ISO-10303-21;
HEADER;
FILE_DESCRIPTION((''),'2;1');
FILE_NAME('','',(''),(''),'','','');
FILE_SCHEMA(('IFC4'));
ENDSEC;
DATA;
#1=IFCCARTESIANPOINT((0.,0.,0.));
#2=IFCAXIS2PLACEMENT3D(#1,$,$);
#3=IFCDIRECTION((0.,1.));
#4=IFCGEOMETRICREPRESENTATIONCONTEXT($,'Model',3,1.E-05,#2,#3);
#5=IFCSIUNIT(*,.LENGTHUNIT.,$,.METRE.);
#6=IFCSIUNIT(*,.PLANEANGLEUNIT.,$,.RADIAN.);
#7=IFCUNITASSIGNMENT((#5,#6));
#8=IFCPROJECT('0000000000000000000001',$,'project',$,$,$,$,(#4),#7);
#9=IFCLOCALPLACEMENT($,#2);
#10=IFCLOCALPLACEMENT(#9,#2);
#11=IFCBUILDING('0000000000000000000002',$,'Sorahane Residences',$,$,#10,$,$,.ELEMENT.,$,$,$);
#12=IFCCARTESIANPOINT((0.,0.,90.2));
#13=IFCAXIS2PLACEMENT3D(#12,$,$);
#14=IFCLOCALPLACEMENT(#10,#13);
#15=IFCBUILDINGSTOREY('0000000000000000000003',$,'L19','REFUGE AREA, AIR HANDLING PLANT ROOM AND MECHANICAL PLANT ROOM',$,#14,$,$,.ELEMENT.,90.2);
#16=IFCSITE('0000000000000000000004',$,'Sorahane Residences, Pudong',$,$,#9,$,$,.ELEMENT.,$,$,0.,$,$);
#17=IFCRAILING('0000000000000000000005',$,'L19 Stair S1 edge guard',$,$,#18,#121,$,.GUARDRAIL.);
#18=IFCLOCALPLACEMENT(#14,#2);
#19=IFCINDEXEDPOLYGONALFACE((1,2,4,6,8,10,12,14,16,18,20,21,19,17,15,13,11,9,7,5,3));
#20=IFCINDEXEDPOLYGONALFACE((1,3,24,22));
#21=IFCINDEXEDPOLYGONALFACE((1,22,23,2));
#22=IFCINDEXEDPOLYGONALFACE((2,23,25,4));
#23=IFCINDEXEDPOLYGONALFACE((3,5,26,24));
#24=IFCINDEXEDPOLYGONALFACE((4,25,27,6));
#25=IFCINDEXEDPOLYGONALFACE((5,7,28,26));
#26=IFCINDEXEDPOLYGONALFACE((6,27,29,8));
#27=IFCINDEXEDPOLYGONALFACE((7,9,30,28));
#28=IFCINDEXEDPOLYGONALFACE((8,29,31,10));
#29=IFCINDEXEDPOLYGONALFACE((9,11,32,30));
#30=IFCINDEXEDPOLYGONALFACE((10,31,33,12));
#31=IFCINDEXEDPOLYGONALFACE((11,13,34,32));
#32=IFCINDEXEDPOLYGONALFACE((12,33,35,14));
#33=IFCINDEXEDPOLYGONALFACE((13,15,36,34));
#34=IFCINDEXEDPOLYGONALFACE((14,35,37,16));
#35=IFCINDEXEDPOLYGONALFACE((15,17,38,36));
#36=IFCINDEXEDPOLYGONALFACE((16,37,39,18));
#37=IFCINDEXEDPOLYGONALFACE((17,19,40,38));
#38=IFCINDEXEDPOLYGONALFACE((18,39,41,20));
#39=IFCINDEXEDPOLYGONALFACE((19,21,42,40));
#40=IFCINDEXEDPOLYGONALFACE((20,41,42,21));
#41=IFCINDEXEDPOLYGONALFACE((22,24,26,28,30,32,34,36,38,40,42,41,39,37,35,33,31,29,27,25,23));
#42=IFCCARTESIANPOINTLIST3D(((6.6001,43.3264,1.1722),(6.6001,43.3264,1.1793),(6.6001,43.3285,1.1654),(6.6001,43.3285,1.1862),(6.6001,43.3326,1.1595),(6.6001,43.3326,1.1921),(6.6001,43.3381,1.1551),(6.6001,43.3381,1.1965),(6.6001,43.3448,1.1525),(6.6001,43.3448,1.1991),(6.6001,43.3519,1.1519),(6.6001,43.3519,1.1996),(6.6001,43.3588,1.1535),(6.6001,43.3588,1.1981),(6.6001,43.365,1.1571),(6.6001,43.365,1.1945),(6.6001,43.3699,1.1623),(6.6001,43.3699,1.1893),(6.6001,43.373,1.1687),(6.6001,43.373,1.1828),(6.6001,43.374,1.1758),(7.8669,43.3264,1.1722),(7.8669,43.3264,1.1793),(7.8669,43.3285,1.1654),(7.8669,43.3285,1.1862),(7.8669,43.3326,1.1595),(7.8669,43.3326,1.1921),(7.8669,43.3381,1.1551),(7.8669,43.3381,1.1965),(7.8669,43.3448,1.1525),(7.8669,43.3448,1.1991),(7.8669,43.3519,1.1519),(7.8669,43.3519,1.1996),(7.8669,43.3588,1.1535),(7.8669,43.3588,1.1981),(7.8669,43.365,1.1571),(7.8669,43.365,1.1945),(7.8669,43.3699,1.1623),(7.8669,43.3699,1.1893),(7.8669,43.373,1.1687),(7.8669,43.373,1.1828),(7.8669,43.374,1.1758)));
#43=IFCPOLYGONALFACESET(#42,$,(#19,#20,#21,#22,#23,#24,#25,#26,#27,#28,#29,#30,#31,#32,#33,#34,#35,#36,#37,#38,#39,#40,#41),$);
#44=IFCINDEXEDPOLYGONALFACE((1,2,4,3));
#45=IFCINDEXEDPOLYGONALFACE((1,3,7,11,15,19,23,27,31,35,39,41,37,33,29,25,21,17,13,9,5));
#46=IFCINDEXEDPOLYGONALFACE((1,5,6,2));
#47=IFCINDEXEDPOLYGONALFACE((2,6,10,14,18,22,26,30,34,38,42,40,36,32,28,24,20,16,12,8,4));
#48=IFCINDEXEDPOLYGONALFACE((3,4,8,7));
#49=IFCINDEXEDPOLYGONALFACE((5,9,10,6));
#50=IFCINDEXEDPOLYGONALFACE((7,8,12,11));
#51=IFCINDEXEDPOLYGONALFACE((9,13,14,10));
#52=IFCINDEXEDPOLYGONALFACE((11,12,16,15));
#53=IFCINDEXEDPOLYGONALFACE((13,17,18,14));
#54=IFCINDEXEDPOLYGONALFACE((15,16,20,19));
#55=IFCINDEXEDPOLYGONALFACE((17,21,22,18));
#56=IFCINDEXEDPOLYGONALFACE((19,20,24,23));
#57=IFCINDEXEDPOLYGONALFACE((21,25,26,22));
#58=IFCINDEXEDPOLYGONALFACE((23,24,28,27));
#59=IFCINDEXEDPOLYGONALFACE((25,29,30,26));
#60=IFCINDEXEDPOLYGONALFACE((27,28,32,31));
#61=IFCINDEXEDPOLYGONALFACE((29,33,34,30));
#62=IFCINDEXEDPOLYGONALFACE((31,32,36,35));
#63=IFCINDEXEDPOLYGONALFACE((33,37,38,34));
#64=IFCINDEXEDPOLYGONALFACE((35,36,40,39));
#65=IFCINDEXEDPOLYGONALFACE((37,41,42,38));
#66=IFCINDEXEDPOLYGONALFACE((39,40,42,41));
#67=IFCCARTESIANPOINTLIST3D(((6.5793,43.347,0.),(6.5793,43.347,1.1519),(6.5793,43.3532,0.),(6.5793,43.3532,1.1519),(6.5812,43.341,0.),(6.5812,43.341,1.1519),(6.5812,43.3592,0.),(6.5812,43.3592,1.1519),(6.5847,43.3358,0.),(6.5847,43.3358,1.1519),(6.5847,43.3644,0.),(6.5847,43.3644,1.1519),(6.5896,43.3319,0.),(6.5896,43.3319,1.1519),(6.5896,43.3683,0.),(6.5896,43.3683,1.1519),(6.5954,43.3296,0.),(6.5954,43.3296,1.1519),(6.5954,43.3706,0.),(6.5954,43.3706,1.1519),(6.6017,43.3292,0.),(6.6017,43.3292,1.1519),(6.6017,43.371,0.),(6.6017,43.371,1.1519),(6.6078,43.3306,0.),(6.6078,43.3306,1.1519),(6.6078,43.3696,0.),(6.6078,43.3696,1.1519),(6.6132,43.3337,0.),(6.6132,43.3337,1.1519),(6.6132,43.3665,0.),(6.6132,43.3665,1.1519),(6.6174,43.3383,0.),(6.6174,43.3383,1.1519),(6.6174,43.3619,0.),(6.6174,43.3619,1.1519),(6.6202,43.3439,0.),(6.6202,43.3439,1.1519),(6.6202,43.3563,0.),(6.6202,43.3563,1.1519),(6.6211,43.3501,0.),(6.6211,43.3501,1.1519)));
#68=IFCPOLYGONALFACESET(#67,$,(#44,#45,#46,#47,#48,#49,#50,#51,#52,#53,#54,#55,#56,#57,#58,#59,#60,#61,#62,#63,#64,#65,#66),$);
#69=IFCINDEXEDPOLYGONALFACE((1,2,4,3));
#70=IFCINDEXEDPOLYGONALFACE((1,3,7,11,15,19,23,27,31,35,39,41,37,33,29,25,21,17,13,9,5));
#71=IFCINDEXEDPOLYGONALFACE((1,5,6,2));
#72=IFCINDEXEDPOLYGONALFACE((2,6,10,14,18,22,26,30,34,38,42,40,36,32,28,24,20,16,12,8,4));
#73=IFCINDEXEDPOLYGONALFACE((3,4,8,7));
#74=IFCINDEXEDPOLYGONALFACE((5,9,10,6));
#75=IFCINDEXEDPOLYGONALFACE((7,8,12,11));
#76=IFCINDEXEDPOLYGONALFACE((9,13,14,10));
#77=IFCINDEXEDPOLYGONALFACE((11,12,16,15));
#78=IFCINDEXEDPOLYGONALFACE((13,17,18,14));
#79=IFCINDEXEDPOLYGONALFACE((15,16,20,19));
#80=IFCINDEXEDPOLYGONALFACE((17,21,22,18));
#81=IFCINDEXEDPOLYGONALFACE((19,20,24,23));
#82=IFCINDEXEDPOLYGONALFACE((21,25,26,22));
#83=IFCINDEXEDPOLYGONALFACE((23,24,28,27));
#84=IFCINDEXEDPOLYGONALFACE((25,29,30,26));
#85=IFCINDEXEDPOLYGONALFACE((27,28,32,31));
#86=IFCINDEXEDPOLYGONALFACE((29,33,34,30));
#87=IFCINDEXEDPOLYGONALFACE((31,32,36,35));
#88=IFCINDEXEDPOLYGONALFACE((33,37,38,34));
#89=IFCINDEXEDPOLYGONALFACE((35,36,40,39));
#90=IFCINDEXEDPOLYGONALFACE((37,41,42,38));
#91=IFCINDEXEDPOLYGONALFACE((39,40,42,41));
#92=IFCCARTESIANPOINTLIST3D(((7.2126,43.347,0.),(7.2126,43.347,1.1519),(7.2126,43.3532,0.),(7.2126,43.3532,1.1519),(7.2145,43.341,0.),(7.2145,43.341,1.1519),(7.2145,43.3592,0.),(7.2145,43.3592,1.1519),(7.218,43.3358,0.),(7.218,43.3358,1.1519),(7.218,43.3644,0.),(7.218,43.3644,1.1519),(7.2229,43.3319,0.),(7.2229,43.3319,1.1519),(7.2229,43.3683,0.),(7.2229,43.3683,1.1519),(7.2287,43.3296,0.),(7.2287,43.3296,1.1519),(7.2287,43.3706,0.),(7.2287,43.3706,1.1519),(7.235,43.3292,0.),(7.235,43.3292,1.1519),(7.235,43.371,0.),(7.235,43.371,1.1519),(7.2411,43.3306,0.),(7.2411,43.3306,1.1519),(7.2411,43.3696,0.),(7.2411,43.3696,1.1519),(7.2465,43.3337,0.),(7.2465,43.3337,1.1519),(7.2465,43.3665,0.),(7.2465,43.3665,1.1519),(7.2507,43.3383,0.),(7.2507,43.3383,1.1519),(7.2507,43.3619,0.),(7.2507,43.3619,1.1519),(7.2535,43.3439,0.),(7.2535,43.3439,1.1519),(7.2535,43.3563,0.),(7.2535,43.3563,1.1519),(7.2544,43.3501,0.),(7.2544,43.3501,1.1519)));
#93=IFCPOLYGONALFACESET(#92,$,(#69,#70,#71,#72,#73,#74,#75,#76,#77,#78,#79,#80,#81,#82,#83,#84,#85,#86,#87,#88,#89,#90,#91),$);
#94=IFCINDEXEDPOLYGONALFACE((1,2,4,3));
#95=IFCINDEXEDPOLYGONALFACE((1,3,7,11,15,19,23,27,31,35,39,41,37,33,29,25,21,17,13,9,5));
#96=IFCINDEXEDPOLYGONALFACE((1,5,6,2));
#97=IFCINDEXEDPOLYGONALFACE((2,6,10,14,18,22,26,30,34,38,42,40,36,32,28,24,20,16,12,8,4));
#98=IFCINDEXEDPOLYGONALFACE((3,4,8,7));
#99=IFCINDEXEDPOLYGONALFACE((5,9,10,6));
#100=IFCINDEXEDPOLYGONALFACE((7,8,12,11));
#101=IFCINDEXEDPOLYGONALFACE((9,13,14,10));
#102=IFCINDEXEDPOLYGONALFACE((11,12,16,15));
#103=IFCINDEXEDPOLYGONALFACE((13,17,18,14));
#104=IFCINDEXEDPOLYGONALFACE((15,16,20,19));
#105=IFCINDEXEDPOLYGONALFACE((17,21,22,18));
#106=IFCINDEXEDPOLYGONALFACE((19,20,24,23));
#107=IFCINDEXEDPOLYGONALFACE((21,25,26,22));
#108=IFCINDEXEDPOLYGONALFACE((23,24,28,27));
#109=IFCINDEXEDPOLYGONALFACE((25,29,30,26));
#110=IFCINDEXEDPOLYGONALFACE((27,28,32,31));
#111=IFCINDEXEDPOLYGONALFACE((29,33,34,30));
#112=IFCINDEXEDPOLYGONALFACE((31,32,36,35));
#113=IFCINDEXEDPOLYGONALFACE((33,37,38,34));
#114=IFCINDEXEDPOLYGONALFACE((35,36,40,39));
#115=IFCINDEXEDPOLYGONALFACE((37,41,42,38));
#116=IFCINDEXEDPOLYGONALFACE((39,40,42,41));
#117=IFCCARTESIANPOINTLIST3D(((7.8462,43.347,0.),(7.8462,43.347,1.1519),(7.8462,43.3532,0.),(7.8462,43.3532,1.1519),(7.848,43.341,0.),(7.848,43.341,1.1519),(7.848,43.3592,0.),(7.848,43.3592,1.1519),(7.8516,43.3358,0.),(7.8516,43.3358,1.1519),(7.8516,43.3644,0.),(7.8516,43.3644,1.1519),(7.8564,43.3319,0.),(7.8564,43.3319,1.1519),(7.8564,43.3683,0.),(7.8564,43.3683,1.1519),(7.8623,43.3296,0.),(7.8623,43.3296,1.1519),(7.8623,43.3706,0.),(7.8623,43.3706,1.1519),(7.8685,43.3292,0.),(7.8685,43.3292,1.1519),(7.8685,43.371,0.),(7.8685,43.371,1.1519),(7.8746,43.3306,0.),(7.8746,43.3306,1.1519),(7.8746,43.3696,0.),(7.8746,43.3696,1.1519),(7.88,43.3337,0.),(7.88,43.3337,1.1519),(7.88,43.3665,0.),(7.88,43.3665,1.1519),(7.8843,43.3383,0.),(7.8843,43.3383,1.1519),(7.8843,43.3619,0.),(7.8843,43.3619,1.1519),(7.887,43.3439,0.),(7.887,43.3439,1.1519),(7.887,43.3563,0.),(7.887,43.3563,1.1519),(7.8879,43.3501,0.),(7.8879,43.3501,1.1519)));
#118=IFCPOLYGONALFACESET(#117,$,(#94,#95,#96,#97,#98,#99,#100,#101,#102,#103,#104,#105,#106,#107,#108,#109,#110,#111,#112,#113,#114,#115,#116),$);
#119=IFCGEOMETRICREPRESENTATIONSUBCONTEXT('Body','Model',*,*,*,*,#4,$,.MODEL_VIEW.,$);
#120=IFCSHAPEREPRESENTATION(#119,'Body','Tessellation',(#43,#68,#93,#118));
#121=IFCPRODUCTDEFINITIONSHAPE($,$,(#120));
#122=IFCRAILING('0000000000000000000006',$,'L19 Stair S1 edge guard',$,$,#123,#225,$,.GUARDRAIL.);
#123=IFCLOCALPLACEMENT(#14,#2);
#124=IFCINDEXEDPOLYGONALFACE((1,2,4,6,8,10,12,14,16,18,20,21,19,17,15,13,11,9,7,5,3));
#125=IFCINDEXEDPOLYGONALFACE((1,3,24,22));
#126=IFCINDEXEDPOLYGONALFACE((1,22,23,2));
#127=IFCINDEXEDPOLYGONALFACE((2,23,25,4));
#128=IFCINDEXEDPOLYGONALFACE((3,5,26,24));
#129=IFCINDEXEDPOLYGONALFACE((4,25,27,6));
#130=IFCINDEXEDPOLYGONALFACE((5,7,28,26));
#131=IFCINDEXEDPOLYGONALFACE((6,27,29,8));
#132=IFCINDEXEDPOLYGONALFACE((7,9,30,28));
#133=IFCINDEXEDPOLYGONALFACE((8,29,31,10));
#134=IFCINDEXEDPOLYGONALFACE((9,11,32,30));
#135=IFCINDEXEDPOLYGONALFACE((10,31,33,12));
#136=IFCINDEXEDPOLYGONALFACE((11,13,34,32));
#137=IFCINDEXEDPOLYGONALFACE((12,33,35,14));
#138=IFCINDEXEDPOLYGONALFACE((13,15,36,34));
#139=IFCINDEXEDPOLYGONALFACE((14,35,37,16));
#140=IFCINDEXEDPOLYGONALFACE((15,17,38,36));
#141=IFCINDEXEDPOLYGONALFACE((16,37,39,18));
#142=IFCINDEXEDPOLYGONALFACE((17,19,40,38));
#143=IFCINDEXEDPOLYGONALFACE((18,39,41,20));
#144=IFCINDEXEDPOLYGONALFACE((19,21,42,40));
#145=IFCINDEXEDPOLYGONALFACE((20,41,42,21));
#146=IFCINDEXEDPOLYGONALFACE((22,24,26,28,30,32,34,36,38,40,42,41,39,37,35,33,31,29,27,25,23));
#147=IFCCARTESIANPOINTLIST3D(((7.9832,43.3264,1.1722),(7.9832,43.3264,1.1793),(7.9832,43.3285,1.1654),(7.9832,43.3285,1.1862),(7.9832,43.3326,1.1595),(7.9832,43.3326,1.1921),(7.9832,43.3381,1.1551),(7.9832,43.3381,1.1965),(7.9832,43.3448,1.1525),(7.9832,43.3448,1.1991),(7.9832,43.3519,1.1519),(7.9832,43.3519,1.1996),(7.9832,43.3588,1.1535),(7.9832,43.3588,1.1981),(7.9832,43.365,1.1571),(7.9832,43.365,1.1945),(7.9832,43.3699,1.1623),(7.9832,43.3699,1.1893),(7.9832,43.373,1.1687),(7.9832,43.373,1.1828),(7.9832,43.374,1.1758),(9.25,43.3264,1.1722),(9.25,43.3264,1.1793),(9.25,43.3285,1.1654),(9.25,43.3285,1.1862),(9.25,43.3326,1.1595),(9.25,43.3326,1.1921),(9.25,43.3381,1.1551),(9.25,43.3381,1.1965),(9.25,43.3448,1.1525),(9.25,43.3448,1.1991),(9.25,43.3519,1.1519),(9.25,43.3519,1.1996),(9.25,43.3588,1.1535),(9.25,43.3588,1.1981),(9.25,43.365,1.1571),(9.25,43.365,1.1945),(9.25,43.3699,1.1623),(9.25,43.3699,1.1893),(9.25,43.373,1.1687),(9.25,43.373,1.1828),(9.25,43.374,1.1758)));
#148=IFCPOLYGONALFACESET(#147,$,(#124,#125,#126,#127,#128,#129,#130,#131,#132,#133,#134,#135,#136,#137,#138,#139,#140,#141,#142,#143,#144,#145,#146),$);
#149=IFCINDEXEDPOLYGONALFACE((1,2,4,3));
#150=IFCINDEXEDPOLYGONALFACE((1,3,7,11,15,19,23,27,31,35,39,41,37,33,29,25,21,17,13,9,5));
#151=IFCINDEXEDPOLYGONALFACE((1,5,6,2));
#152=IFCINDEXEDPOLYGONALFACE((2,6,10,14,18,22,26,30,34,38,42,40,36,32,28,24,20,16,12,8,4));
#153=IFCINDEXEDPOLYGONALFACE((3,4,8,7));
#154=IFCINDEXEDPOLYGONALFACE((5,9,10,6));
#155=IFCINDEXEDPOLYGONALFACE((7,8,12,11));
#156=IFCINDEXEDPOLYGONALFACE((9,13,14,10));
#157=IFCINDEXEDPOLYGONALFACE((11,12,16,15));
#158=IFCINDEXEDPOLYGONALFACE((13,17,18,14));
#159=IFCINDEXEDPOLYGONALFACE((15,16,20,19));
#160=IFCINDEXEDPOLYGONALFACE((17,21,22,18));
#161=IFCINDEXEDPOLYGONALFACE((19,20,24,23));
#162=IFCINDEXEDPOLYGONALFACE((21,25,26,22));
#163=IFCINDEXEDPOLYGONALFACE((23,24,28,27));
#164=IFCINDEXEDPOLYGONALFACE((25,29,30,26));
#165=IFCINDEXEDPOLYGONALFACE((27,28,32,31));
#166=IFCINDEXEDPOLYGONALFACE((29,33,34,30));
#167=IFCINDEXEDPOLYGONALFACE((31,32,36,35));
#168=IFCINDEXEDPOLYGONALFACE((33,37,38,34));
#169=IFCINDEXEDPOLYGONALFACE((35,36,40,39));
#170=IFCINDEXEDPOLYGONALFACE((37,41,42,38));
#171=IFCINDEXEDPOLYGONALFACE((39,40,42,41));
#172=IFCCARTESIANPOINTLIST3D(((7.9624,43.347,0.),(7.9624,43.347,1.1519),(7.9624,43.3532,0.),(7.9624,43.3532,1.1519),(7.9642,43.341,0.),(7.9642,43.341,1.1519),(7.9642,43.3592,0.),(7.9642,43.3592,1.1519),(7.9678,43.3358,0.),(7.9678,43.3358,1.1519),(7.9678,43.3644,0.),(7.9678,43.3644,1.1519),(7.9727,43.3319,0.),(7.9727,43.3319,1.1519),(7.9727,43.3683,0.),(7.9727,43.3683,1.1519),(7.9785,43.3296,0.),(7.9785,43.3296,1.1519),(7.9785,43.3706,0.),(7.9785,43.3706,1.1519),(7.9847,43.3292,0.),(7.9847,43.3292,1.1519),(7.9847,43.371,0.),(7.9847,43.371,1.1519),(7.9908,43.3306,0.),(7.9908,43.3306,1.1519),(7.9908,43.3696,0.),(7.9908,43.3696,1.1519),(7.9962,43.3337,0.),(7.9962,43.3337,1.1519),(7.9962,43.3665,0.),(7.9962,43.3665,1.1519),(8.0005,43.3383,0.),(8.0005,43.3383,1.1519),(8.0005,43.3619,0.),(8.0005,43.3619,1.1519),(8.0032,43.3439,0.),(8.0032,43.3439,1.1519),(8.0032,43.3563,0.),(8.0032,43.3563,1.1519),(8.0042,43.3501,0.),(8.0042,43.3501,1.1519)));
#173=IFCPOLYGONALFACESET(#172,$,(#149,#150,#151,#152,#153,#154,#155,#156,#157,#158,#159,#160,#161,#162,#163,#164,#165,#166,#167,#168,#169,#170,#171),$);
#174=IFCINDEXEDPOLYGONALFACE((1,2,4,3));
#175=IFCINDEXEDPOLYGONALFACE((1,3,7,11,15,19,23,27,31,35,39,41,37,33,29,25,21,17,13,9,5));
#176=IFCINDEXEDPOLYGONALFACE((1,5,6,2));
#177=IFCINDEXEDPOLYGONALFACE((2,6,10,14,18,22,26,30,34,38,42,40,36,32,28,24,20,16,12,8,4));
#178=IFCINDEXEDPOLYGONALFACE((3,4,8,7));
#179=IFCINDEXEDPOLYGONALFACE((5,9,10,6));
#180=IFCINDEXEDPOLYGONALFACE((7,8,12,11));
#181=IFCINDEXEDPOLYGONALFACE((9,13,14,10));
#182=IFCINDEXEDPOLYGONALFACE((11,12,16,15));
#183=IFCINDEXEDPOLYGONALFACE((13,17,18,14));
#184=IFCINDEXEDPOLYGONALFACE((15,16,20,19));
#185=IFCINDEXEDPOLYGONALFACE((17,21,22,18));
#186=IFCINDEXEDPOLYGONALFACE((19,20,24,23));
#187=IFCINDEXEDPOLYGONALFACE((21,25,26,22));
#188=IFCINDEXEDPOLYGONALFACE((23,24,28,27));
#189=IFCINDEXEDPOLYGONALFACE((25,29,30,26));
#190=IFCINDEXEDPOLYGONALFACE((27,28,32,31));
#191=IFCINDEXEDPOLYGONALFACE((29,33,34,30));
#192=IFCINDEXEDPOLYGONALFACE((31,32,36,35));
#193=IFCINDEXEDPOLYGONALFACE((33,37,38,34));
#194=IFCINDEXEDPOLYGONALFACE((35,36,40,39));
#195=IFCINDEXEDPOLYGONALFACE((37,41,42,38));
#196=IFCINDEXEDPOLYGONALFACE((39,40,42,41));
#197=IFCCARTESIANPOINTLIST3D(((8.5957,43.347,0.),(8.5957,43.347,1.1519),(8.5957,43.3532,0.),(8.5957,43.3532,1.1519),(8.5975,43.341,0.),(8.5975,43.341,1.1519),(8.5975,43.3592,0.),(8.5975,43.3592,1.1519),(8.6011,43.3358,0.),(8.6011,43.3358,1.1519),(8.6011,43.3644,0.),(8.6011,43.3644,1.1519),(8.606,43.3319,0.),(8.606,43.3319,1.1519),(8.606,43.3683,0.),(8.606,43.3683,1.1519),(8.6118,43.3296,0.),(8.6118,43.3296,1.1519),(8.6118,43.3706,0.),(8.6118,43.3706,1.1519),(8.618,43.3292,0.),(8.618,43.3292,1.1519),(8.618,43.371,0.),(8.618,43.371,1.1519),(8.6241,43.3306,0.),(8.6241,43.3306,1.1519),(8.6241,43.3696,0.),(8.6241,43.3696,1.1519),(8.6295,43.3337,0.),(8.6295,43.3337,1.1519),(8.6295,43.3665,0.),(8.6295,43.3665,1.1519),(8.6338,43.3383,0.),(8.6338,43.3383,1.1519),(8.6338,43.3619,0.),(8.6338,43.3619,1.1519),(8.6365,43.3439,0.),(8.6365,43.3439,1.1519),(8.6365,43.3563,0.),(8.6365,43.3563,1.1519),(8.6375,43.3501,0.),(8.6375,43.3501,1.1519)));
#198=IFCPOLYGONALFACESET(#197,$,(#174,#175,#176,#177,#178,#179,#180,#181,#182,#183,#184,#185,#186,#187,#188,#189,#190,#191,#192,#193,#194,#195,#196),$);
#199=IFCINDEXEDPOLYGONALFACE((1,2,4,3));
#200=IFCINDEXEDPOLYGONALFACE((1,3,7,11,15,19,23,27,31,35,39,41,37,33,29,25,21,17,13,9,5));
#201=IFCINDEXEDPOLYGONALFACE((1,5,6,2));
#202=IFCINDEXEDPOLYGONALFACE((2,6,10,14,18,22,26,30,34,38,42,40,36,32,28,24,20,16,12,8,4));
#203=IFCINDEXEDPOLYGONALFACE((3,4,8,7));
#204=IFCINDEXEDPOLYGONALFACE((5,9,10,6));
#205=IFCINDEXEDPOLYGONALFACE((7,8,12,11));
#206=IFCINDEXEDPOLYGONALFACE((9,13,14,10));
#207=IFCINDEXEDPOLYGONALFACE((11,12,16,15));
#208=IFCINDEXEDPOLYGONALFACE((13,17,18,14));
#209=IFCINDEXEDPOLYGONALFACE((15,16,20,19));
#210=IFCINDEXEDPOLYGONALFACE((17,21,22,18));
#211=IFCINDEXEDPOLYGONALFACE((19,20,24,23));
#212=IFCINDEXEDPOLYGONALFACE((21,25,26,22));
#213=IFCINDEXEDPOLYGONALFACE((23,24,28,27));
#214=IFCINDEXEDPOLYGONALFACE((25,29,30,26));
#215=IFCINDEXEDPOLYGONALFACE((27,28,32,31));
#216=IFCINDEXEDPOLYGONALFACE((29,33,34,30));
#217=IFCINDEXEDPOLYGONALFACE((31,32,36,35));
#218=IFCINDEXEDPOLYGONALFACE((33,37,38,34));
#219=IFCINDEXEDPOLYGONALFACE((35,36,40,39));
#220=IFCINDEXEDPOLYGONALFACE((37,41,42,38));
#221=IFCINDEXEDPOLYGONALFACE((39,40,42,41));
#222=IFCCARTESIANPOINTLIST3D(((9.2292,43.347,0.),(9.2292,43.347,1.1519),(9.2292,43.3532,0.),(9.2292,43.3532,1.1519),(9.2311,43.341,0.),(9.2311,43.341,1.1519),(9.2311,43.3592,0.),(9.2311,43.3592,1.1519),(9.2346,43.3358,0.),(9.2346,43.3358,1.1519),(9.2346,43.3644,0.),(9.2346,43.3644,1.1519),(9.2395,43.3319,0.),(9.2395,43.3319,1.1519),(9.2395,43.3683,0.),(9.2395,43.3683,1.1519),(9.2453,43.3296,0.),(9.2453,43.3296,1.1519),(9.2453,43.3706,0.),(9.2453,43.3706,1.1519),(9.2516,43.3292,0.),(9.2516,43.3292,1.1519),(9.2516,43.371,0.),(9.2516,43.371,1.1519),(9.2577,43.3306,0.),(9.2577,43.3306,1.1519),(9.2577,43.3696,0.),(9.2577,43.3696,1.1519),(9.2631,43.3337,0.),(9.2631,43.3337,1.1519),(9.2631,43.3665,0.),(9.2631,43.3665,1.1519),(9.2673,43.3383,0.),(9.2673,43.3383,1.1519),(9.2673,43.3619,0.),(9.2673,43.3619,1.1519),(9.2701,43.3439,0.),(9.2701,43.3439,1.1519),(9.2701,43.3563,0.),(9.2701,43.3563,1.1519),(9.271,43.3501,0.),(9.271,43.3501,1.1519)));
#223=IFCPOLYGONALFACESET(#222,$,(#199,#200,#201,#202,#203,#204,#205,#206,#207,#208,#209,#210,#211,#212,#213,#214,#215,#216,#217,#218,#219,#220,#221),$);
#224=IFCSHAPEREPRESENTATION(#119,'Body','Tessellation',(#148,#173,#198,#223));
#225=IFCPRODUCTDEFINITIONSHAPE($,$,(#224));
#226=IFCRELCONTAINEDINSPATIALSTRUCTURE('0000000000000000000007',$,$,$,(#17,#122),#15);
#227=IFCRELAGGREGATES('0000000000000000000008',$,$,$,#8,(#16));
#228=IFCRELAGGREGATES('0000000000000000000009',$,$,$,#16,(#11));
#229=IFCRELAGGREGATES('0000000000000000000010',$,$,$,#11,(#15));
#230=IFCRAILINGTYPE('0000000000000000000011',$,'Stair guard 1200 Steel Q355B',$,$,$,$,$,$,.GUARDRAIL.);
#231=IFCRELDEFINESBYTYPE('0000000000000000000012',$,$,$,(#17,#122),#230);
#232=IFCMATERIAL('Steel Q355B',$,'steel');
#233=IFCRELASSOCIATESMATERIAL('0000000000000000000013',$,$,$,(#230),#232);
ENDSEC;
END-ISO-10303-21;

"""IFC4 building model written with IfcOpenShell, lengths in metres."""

from ifc_helpers import new_model, si_unit, direction, frame, origin, origin_2d, place, context, subcontext, project, spatial, circle, extrude, material, type_object, element, save


model = new_model("IFC4")

# Units and contexts
model_context = context("Model", 3, precision=1e-05, world=origin(), true_north=direction((0.0, 1.0)))
body_context = subcontext(model_context, "Body", "Model", "MODEL_VIEW")
ifc_project = project(units=[si_unit("LENGTHUNIT", "METRE"), si_unit("PLANEANGLEUNIT", "RADIAN")], contexts=[model_context])

# Site, building, storey
site_placement = place(None, origin())
site = spatial("IfcSite", under=ifc_project, at=site_placement, Name="Sorahane Residences, Pudong", CompositionType="ELEMENT", RefElevation=0.0)
building_placement = place(site_placement, origin())
building = spatial("IfcBuilding", under=site, at=building_placement, Name="Sorahane Residences", CompositionType="ELEMENT")
storey_placement = place(building_placement, frame((0.0, 0.0, 90.2)))
storey = spatial("IfcBuildingStorey", under=building, at=storey_placement, Name="L19", Description="REFUGE AREA, AIR HANDLING PLANT ROOM AND MECHANICAL PLANT ROOM", CompositionType="ELEMENT", Elevation=90.2)

# Railings
ifc_material_1 = material(Name="Steel Q355B", Category="steel")
railing_type_1 = type_object("IfcRailingType", Name="Stair guard 1200 Steel Q355B", PredefinedType="GUARDRAIL", material=ifc_material_1)
for number, where, name in (
    (1, (6.6001, 43.3501, 0.0), "L19 Stair S1 edge guard"),
    (2, (7.9832, 43.3501, 0.0), "L19 Stair S1 edge guard"),
):
    element("IfcRailing", number, at=place(storey_placement, frame(where)), inside=storey, type_object=railing_type_1, Name=name, PredefinedType="GUARDRAIL", context=body_context, shape_type="SweptSolid", body=[
        extrude(circle(Radius=0.0239, at=origin_2d()), frame((0.0, 0.0, 1.1758), z_axis=(1.0, 0.0, 0.0), x_axis=(0.0, 1.0, 0.0)), (0.0, 0.0, 1.0), 1.2668),
        extrude(circle(Radius=0.021, at=origin_2d()), origin(), (0.0, 0.0, 1.0), 1.1519),
        extrude(circle(Radius=0.021, at=origin_2d()), frame((0.6333, 0.0, 0.0)), (0.0, 0.0, 1.0), 1.1519),
        extrude(circle(Radius=0.021, at=origin_2d()), frame((1.2668, 0.0, 0.0)), (0.0, 0.0, 1.0), 1.1519),
    ])

save(model, "model.ifc")
